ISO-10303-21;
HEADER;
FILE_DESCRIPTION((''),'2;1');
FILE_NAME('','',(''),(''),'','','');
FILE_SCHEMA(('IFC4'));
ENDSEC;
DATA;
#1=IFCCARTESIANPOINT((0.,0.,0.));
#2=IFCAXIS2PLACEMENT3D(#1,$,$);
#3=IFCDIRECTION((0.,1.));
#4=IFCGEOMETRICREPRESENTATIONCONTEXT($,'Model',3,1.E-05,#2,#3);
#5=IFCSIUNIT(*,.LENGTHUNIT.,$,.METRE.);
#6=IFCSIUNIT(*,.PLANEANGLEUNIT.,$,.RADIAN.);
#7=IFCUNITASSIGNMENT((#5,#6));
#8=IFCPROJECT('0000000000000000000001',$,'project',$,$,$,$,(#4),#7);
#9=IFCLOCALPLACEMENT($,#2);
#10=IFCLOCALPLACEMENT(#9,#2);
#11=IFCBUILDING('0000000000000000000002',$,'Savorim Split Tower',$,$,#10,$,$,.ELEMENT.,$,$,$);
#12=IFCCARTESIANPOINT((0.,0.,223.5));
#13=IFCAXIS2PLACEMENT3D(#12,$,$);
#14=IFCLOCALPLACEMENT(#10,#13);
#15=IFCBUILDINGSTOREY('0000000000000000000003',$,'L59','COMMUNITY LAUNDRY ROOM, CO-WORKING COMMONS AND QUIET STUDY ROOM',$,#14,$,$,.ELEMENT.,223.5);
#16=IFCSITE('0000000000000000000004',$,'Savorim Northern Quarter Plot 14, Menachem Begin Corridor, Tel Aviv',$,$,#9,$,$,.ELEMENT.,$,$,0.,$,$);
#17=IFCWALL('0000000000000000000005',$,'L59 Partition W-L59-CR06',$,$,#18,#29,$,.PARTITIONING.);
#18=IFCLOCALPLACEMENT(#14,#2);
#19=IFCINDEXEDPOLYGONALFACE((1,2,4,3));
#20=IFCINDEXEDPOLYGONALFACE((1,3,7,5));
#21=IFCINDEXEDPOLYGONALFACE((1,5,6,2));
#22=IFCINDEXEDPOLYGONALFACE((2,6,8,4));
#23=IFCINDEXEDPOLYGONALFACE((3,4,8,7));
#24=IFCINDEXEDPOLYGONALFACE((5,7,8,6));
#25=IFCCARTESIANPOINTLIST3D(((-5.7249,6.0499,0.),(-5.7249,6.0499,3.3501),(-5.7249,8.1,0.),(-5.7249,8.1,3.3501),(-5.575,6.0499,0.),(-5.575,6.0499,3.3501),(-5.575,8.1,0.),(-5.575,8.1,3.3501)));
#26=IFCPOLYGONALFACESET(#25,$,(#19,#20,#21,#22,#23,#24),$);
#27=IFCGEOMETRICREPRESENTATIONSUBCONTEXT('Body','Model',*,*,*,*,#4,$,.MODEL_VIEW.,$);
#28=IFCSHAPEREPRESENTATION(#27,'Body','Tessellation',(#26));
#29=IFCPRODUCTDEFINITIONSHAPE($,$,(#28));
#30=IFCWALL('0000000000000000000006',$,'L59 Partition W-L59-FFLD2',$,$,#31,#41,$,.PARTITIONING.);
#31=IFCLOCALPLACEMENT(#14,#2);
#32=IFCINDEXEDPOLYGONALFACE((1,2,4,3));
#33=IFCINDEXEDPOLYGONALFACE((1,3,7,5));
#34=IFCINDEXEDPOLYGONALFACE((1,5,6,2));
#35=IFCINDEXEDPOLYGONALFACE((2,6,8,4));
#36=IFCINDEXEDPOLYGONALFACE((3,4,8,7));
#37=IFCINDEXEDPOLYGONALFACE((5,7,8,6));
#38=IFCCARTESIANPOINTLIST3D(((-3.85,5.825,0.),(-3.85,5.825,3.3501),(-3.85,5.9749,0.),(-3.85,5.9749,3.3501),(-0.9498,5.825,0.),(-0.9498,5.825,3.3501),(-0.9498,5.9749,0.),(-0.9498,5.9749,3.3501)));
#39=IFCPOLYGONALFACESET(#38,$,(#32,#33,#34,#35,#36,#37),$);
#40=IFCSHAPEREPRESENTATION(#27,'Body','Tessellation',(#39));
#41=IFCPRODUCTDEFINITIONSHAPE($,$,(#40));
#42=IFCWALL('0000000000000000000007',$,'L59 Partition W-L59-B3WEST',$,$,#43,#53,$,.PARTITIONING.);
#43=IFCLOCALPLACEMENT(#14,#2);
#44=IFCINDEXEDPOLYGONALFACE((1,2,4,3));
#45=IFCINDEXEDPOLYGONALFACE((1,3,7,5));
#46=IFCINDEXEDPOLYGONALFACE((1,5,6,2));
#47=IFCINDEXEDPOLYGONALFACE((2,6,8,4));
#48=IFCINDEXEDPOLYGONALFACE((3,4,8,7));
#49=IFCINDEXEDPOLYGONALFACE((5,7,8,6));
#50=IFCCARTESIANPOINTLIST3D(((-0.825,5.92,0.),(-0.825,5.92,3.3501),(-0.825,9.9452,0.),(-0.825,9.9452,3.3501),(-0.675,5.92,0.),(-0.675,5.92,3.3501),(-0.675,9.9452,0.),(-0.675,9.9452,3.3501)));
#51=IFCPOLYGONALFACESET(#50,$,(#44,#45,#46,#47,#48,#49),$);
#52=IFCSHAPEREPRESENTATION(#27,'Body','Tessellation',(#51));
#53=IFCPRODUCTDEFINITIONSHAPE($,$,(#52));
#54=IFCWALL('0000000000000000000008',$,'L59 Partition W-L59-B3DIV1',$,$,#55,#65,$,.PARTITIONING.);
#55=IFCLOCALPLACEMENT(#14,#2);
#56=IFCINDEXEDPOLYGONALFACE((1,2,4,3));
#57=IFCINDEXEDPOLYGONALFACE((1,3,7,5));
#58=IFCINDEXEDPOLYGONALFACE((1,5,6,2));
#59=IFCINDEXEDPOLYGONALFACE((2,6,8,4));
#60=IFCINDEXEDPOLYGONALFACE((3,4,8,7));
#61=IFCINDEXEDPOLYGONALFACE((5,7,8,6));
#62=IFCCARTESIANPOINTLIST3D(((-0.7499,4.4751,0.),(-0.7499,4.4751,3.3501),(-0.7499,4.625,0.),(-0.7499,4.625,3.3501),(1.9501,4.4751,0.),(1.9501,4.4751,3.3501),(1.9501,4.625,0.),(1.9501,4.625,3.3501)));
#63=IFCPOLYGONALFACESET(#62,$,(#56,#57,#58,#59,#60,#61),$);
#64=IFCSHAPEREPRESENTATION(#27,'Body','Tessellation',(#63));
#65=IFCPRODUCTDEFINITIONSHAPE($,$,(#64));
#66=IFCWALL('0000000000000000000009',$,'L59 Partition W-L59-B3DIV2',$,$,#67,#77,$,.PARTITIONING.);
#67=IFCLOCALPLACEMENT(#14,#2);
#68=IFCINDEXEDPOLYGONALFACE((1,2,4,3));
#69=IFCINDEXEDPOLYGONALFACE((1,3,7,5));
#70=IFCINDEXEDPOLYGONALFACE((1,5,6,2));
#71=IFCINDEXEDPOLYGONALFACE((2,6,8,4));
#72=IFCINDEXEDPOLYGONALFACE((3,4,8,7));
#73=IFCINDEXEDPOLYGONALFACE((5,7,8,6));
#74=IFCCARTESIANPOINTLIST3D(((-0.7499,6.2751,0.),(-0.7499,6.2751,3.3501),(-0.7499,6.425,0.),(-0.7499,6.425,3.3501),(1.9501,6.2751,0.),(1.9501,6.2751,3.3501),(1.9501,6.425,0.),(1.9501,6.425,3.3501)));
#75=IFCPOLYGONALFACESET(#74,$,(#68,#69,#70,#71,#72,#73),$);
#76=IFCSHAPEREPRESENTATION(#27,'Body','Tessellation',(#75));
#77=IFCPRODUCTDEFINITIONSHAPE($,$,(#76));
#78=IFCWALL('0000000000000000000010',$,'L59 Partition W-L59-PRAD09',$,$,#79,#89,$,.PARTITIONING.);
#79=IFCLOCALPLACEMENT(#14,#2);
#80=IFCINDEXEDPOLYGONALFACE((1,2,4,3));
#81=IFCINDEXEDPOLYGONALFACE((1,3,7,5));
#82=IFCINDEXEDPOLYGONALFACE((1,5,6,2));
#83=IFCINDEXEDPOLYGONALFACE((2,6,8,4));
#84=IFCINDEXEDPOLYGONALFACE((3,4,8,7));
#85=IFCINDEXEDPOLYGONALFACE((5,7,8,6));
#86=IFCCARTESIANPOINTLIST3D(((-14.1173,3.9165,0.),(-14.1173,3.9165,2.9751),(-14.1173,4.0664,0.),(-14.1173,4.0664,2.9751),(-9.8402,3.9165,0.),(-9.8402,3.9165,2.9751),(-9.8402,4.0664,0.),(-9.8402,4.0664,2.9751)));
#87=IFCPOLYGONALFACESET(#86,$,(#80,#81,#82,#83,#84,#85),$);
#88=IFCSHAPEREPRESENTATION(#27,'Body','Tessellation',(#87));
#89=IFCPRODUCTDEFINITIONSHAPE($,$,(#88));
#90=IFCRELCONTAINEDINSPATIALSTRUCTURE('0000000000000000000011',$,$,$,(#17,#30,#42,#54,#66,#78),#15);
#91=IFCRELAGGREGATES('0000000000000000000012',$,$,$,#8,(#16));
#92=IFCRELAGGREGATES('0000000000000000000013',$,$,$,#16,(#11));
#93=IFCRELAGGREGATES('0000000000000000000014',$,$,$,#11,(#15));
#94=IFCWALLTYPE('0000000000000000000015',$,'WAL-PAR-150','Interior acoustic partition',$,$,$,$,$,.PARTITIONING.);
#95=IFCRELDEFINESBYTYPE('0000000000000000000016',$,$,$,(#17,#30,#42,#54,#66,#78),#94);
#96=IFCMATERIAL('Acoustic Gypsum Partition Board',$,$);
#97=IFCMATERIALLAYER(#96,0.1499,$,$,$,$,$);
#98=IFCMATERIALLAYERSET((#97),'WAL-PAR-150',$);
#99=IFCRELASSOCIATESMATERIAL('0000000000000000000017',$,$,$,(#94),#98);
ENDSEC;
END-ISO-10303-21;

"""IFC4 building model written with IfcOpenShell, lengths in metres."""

from ifc_helpers import new_model, si_unit, direction, frame, frame_2d, origin, place, context, subcontext, project, spatial, rectangle, extrude, material, layer, layer_set, type_object, element, save


model = new_model("IFC4")

# Units and contexts
model_context = context("Model", 3, precision=1e-05, world=origin(), true_north=direction((0.0, 1.0)))
body_context = subcontext(model_context, "Body", "Model", "MODEL_VIEW")
ifc_project = project(units=[si_unit("LENGTHUNIT", "METRE"), si_unit("PLANEANGLEUNIT", "RADIAN")], contexts=[model_context])

# Site, building, storey
site_placement = place(None, origin())
site = spatial("IfcSite", under=ifc_project, at=site_placement, Name="Savorim Northern Quarter Plot 14, Menachem Begin Corridor, Tel Aviv", CompositionType="ELEMENT", RefElevation=0.0)
building_placement = place(site_placement, origin())
building = spatial("IfcBuilding", under=site, at=building_placement, Name="Savorim Split Tower", CompositionType="ELEMENT")
storey_placement = place(building_placement, frame((0.0, 0.0, 223.5)))
storey = spatial("IfcBuildingStorey", under=building, at=storey_placement, Name="L59", Description="COMMUNITY LAUNDRY ROOM, CO-WORKING COMMONS AND QUIET STUDY ROOM", CompositionType="ELEMENT", Elevation=223.5)

# Walls
ifc_material_1 = material(Name="Acoustic Gypsum Partition Board")
ifc_layer_1 = layer(ifc_material_1, 0.1499)
ifc_layer_set_1 = layer_set([ifc_layer_1], Name="WAL-PAR-150")
wall_type_1 = type_object("IfcWallType", Name="WAL-PAR-150", Description="Interior acoustic partition", PredefinedType="PARTITIONING", material=ifc_layer_set_1)
wall_1_placement = place(storey_placement, frame((-5.6499, 6.05, 0.0), z_axis=(0.0, 0.0, 1.0), x_axis=(0.0, 1.0, 0.0)))
element("IfcWall", 1, at=wall_1_placement, inside=storey, type_object=wall_type_1, Name="L59 Partition W-L59-CR06", PredefinedType="PARTITIONING", context=body_context, shape_type="SweptSolid", body=[
    extrude(rectangle(XDim=2.05, YDim=0.1499, at=frame_2d((1.0249, 0.0))), origin(), (0.0, 0.0, 1.0), 3.3501),
])
wall_2_placement = place(storey_placement, frame((-3.8501, 5.8999, 0.0), z_axis=(0.0, 0.0, 1.0), x_axis=(1.0, 0.0, 0.0)))
element("IfcWall", 2, at=wall_2_placement, inside=storey, type_object=wall_type_1, Name="L59 Partition W-L59-FFLD2", PredefinedType="PARTITIONING", context=body_context, shape_type="SweptSolid", body=[
    extrude(rectangle(XDim=2.9001, YDim=0.1499, at=frame_2d((1.4502, 0.0))), origin(), (0.0, 0.0, 1.0), 3.3501),
])
wall_3_placement = place(storey_placement, frame((-0.75, 5.9199, 0.0), z_axis=(0.0, 0.0, 1.0), x_axis=(0.0, 1.0, 0.0)))
element("IfcWall", 3, at=wall_3_placement, inside=storey, type_object=wall_type_1, Name="L59 Partition W-L59-B3WEST", PredefinedType="PARTITIONING", context=body_context, shape_type="SweptSolid", body=[
    extrude(rectangle(XDim=4.0251, YDim=0.1499, at=frame_2d((2.0127, 0.0))), origin(), (0.0, 0.0, 1.0), 3.3501),
])
for number, where, z_axis, x_axis, name in (
    (4, (-0.75, 4.55, 0.0), (0.0, 0.0, 1.0), (1.0, 0.0, 0.0), "L59 Partition W-L59-B3DIV1"),
    (5, (-0.75, 6.3501, 0.0), (0.0, 0.0, 1.0), (1.0, 0.0, 0.0), "L59 Partition W-L59-B3DIV2"),
):
    element("IfcWall", number, at=place(storey_placement, frame(where, z_axis=z_axis, x_axis=x_axis)), inside=storey, type_object=wall_type_1, Name=name, PredefinedType="PARTITIONING", context=body_context, shape_type="SweptSolid", body=[
        extrude(rectangle(XDim=2.7, YDim=0.1499, at=frame_2d((1.3501, 0.0))), origin(), (0.0, 0.0, 1.0), 3.3501),
    ])
wall_4_placement = place(storey_placement, frame((-9.8401, 3.9915, 0.0), z_axis=(0.0, 0.0, 1.0), x_axis=(-1.0, 0.0, 0.0)))
element("IfcWall", 6, at=wall_4_placement, inside=storey, type_object=wall_type_1, Name="L59 Partition W-L59-PRAD09", PredefinedType="PARTITIONING", context=body_context, shape_type="SweptSolid", body=[
    extrude(rectangle(XDim=4.2771, YDim=0.1499, at=frame_2d((2.1387, 0.0))), origin(), (0.0, 0.0, 1.0), 2.9751),
])

save(model, "model.ifc")
